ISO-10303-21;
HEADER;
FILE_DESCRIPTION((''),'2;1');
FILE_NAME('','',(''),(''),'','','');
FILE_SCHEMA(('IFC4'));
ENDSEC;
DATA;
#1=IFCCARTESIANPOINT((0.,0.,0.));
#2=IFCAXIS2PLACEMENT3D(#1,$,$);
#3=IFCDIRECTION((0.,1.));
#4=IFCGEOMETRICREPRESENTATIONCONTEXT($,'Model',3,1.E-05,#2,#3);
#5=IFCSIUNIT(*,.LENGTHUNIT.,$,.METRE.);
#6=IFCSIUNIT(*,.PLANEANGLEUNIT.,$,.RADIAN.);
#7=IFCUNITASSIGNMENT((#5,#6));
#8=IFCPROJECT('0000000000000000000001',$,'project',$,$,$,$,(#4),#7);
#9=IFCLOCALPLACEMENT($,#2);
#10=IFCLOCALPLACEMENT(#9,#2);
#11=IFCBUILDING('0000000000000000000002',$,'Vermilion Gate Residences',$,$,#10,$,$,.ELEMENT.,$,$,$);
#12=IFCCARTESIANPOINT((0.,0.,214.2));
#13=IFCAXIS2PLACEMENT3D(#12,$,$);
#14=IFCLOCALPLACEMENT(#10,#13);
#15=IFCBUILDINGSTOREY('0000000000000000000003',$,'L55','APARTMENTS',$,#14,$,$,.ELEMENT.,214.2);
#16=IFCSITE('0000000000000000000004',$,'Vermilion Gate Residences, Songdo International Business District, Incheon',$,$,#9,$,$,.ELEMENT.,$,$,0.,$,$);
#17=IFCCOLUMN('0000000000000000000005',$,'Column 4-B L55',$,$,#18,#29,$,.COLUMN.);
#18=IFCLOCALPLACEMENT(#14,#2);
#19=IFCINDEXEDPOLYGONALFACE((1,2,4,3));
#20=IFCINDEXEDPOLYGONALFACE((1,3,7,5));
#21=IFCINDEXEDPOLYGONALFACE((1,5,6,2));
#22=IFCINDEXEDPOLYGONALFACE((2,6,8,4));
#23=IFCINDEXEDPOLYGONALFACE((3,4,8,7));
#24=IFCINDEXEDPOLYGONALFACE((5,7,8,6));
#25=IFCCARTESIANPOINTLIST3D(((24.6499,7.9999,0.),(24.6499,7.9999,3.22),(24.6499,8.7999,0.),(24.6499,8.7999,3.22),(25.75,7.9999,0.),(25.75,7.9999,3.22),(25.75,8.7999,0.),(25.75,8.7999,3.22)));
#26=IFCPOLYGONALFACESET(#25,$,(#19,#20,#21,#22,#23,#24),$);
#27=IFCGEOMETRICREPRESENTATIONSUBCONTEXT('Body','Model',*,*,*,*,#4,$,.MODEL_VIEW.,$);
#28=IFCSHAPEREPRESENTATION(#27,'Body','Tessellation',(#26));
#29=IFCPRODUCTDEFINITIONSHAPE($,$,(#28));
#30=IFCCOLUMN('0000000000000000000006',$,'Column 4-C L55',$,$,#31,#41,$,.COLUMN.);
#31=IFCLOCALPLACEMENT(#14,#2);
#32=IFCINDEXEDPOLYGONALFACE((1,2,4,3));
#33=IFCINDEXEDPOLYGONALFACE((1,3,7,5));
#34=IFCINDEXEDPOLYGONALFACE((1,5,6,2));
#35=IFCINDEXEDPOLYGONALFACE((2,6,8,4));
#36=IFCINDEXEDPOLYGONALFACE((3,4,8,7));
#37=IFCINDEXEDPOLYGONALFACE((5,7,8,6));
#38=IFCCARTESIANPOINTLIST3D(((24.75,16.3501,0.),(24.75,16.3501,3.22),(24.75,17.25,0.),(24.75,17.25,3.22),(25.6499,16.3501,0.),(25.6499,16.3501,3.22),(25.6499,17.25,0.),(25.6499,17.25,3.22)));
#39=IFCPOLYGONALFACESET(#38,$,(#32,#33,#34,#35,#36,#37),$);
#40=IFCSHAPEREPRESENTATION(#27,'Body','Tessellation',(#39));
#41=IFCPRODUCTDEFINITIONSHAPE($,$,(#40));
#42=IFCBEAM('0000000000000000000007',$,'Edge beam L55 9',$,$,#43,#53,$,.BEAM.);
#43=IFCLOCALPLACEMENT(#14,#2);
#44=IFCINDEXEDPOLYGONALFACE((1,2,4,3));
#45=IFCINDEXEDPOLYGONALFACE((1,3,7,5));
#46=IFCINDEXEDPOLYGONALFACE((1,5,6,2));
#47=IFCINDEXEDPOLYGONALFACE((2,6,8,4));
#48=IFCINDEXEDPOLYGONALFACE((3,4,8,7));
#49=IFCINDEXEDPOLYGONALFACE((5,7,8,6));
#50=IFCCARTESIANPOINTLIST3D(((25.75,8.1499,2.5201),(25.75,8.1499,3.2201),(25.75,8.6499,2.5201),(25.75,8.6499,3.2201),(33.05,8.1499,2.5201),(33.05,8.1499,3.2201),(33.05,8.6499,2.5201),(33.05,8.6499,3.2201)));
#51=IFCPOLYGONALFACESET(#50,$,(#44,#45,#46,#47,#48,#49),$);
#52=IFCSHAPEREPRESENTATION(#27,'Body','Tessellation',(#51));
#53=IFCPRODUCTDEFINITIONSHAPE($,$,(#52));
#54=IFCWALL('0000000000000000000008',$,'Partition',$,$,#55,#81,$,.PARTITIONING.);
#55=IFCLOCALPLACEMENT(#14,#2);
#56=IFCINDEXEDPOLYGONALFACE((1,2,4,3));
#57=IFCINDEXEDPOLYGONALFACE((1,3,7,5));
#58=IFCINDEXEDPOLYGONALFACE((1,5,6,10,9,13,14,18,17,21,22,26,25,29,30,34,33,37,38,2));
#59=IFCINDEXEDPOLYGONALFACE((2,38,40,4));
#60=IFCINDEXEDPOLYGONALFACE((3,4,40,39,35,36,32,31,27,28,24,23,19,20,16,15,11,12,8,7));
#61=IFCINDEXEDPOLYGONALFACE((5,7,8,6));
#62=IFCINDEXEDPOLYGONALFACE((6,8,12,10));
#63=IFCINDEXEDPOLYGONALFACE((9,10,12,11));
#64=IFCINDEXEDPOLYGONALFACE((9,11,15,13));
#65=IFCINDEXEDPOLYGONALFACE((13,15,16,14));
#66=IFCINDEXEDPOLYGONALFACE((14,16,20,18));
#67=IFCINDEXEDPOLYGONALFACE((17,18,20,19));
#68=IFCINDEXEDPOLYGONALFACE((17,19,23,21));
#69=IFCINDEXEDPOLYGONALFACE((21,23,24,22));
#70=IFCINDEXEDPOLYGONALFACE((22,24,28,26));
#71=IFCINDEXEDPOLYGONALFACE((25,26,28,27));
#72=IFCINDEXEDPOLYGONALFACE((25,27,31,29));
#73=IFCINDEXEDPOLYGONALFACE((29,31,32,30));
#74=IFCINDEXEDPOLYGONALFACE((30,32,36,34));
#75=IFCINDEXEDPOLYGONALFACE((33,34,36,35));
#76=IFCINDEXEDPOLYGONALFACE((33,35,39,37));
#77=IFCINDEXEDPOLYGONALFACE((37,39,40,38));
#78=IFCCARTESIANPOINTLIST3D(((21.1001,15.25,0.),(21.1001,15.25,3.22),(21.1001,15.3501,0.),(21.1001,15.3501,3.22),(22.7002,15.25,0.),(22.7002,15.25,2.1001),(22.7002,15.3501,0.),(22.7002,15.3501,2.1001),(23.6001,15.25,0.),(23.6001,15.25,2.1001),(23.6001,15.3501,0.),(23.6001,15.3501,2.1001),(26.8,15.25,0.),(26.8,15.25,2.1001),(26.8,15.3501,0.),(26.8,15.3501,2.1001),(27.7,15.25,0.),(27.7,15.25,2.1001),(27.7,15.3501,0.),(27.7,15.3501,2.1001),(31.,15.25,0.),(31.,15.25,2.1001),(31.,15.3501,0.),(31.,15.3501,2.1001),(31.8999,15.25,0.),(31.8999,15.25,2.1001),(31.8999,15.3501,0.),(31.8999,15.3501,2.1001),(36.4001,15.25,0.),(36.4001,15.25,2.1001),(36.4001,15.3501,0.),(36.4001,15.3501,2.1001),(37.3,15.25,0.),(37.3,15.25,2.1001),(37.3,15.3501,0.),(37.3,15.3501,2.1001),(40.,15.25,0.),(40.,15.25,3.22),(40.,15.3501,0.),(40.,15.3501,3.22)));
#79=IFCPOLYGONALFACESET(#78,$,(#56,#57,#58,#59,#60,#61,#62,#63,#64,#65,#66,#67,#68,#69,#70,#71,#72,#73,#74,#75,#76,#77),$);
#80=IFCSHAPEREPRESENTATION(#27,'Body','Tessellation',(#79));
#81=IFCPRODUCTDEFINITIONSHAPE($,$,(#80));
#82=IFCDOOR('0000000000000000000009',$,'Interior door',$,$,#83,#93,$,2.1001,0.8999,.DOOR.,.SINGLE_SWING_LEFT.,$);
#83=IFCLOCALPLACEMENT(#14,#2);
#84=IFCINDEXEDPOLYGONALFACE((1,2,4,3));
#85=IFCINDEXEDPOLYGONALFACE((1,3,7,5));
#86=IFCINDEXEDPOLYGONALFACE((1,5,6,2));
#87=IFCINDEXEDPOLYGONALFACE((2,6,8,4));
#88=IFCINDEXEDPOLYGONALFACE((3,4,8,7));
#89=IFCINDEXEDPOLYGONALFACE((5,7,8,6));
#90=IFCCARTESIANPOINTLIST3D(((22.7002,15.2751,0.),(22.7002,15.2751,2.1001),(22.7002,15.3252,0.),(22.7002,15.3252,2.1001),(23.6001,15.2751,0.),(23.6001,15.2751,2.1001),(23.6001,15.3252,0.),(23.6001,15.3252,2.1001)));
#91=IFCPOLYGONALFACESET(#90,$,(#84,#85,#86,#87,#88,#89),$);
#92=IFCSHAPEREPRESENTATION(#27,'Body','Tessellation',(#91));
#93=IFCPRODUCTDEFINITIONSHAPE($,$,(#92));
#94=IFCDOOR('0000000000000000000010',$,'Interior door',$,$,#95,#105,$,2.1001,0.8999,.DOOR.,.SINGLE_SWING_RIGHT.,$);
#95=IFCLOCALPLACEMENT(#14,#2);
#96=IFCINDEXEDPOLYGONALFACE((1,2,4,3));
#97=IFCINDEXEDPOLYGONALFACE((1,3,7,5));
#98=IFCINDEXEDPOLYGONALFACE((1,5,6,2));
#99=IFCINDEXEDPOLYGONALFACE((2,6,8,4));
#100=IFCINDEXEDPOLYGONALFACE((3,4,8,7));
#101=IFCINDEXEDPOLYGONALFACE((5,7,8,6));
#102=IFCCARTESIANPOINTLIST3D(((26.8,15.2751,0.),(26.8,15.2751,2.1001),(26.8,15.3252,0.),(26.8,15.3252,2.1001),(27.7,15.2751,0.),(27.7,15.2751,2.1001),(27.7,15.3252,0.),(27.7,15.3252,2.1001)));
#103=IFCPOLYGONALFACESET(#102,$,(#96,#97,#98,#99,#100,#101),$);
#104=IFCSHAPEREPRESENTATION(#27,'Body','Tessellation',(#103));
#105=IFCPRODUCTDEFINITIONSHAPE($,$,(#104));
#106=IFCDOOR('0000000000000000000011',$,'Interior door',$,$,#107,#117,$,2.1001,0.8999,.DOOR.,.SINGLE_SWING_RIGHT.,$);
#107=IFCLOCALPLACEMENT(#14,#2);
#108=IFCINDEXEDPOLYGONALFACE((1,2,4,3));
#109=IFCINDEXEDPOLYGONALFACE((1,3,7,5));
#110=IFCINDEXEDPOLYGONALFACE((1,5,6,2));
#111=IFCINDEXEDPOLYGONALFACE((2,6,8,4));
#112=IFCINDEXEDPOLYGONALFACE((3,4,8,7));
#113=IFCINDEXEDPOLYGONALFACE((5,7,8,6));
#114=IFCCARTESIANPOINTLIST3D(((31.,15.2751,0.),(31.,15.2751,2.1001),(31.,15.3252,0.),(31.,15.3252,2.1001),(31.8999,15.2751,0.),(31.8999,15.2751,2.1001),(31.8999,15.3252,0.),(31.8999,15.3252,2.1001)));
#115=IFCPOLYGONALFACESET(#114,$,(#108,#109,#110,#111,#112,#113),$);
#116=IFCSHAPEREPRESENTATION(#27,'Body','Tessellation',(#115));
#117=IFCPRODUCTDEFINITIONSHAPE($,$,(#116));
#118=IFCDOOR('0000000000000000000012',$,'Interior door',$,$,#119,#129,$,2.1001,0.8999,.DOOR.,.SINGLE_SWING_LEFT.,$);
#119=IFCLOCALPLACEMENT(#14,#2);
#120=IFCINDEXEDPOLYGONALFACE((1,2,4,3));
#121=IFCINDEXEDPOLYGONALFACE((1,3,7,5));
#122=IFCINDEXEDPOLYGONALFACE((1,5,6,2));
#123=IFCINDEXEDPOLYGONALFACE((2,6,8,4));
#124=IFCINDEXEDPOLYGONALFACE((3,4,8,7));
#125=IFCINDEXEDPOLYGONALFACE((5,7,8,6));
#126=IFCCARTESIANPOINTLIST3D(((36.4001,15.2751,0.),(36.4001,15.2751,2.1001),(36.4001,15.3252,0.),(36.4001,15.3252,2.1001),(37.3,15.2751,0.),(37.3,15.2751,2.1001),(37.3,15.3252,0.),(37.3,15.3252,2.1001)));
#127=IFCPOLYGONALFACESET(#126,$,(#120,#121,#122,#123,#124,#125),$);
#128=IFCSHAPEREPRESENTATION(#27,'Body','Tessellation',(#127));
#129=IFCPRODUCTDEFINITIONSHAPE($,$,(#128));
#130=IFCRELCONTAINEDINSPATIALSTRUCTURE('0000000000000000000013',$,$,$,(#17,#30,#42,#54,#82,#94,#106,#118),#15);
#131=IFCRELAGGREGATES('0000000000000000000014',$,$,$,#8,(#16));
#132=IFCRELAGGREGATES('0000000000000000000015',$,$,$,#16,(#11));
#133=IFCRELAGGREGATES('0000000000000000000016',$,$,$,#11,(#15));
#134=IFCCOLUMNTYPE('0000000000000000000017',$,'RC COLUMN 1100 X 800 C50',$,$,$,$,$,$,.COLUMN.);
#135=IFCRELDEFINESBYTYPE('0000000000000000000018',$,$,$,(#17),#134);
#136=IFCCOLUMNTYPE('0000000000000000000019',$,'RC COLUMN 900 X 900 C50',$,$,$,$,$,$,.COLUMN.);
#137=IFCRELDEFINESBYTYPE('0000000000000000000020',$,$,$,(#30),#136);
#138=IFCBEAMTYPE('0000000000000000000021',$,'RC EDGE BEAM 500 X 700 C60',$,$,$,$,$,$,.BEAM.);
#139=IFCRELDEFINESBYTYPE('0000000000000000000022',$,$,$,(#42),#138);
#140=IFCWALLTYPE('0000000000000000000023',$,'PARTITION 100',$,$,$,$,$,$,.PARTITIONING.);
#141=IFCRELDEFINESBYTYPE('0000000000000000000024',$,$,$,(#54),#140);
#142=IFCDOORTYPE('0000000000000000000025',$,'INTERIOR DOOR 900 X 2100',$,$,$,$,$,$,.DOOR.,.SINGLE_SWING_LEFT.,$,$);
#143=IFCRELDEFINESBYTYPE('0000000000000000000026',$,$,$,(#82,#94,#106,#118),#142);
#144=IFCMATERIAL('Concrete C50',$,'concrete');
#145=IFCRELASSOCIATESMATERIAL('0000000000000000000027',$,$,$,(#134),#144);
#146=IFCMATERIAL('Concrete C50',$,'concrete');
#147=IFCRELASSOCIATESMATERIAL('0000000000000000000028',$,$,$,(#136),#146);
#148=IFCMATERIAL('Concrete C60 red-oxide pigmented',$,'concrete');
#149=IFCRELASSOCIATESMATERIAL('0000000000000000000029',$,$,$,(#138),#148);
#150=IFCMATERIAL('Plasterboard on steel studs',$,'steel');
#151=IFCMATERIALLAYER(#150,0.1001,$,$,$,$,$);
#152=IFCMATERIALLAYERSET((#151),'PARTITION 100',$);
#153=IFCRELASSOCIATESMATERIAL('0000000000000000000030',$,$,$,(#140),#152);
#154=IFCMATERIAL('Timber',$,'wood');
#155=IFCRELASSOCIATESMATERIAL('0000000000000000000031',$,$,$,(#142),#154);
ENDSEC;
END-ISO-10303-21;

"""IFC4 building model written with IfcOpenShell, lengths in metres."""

from ifc_helpers import new_model, si_unit, direction, frame, frame_2d, origin, origin_2d, place, context, subcontext, project, spatial, rectangle, extrude, material, layer, layer_set, material_profile, profile_set, type_object, element, fill, save


model = new_model("IFC4")

# Units and contexts
model_context = context("Model", 3, precision=1e-05, world=origin(), true_north=direction((0.0, 1.0)))
body_context = subcontext(model_context, "Body", "Model", "MODEL_VIEW")
ifc_project = project(units=[si_unit("LENGTHUNIT", "METRE"), si_unit("PLANEANGLEUNIT", "RADIAN")], contexts=[model_context])

# Site, building, storey
site_placement = place(None, origin())
site = spatial("IfcSite", under=ifc_project, at=site_placement, Name="Vermilion Gate Residences, Songdo International Business District, Incheon", CompositionType="ELEMENT", RefElevation=0.0)
building_placement = place(site_placement, origin())
building = spatial("IfcBuilding", under=site, at=building_placement, Name="Vermilion Gate Residences", CompositionType="ELEMENT")
storey_placement = place(building_placement, frame((0.0, 0.0, 214.2)))
storey = spatial("IfcBuildingStorey", under=building, at=storey_placement, Name="L55", Description="APARTMENTS", CompositionType="ELEMENT", Elevation=214.2)

# Columns
ifc_material_1 = material(Name="Concrete C50", Category="concrete")
ifc_material_profile_1 = material_profile(ifc_material_1, rectangle(XDim=1.1001, YDim=0.8, at=origin_2d()), Name="RC-1100x800")
ifc_profile_set_1 = profile_set([ifc_material_profile_1], Name="Concrete C50")
column_type_1 = type_object("IfcColumnType", Name="RC COLUMN 1100 X 800 C50", PredefinedType="COLUMN", material=ifc_profile_set_1)
column_1_placement = place(storey_placement, frame((25.2, 8.3999, 0.0), z_axis=(0.0, 0.0, 1.0), x_axis=(1.0, 0.0, 0.0)))
element("IfcColumn", 1, at=column_1_placement, inside=storey, type_object=column_type_1, Name="Column 4-B L55", PredefinedType="COLUMN", context=body_context, shape_type="SweptSolid", body=[
    extrude(rectangle(XDim=1.1001, YDim=0.8, at=origin_2d()), origin(), (0.0, 0.0, 1.0), 3.22),
])
ifc_material_2 = material(Name="Concrete C50", Category="concrete")
ifc_material_profile_2 = material_profile(ifc_material_2, rectangle(XDim=0.8999, YDim=0.8999, at=origin_2d()), Name="RC-900x900")
ifc_profile_set_2 = profile_set([ifc_material_profile_2], Name="Concrete C50")
column_type_2 = type_object("IfcColumnType", Name="RC COLUMN 900 X 900 C50", PredefinedType="COLUMN", material=ifc_profile_set_2)
column_2_placement = place(storey_placement, frame((25.2, 16.8, 0.0), z_axis=(0.0, 0.0, 1.0), x_axis=(1.0, 0.0, 0.0)))
element("IfcColumn", 2, at=column_2_placement, inside=storey, type_object=column_type_2, Name="Column 4-C L55", PredefinedType="COLUMN", context=body_context, shape_type="SweptSolid", body=[
    extrude(rectangle(XDim=0.8999, YDim=0.8999, at=origin_2d()), origin(), (0.0, 0.0, 1.0), 3.22),
])

# Beam
ifc_material_3 = material(Name="Concrete C60 red-oxide pigmented", Category="concrete")
ifc_material_profile_3 = material_profile(ifc_material_3, rectangle(XDim=0.5, YDim=0.7, at=origin_2d()), Name="RC-500x700")
ifc_profile_set_3 = profile_set([ifc_material_profile_3], Name="Concrete C60 red-oxide pigmented")
beam_type = type_object("IfcBeamType", Name="RC EDGE BEAM 500 X 700 C60", PredefinedType="BEAM", material=ifc_profile_set_3)
beam_placement = place(storey_placement, frame((25.75, 8.3999, 2.8701), z_axis=(1.0, 0.0, 0.0), x_axis=(0.0, 1.0, 0.0)))
element("IfcBeam", 3, at=beam_placement, inside=storey, type_object=beam_type, Name="Edge beam L55 9", PredefinedType="BEAM", context=body_context, shape_type="SweptSolid", body=[
    extrude(rectangle(XDim=0.5, YDim=0.7, at=origin_2d()), origin(), (0.0, 0.0, 1.0), 7.3),
])

# Wall, openings, doors
ifc_material_4 = material(Name="Plasterboard on steel studs", Category="steel")
ifc_layer_1 = layer(ifc_material_4, 0.1001)
ifc_layer_set_1 = layer_set([ifc_layer_1], Name="PARTITION 100")
wall_type_1 = type_object("IfcWallType", Name="PARTITION 100", PredefinedType="PARTITIONING", material=ifc_layer_set_1)
wall_1_placement = place(storey_placement, frame((21.1001, 15.3, 0.0), z_axis=(0.0, 0.0, 1.0), x_axis=(1.0, 0.0, 0.0)))
wall_1 = element("IfcWall", 4, at=wall_1_placement, inside=storey, type_object=wall_type_1, Name="Partition", PredefinedType="PARTITIONING", context=body_context, shape_type="SweptSolid", body=[
    extrude(rectangle(XDim=18.8999, YDim=0.1001, at=frame_2d((9.45, 0.0))), origin(), (0.0, 0.0, 1.0), 3.22),
])
opening_1_placement = place(wall_1_placement, frame((1.6001, 0.0, 0.0)))
opening_1 = element("IfcOpeningElement", 5, at=opening_1_placement, cuts=wall_1, PredefinedType="OPENING", context=body_context, shape_type="SweptSolid", body=[
    extrude(rectangle(XDim=0.8999, YDim=2.1001, at=frame_2d((0.45, 1.05))), frame((0.0, 0.0601, 0.0), z_axis=(0.0, -1.0, 0.0), x_axis=(1.0, 0.0, 0.0)), (0.0, 0.0, 1.0), 0.1201),
])
opening_2_placement = place(wall_1_placement, frame((5.7, 0.0, 0.0)))
opening_2 = element("IfcOpeningElement", 6, at=opening_2_placement, cuts=wall_1, PredefinedType="OPENING", context=body_context, shape_type="SweptSolid", body=[
    extrude(rectangle(XDim=0.8999, YDim=2.1001, at=frame_2d((0.45, 1.05))), frame((0.0, 0.0601, 0.0), z_axis=(0.0, -1.0, 0.0), x_axis=(1.0, 0.0, 0.0)), (0.0, 0.0, 1.0), 0.1201),
])
opening_3_placement = place(wall_1_placement, frame((9.8999, 0.0, 0.0)))
opening_3 = element("IfcOpeningElement", 7, at=opening_3_placement, cuts=wall_1, PredefinedType="OPENING", context=body_context, shape_type="SweptSolid", body=[
    extrude(rectangle(XDim=0.8999, YDim=2.1001, at=frame_2d((0.45, 1.05))), frame((0.0, 0.0601, 0.0), z_axis=(0.0, -1.0, 0.0), x_axis=(1.0, 0.0, 0.0)), (0.0, 0.0, 1.0), 0.1201),
])
opening_4_placement = place(wall_1_placement, frame((15.3, 0.0, 0.0)))
opening_4 = element("IfcOpeningElement", 8, at=opening_4_placement, cuts=wall_1, PredefinedType="OPENING", context=body_context, shape_type="SweptSolid", body=[
    extrude(rectangle(XDim=0.8999, YDim=2.1001, at=frame_2d((0.45, 1.05))), frame((0.0, 0.0601, 0.0), z_axis=(0.0, -1.0, 0.0), x_axis=(1.0, 0.0, 0.0)), (0.0, 0.0, 1.0), 0.1201),
])
ifc_material_5 = material(Name="Timber", Category="wood")
door_type = type_object("IfcDoorType", Name="INTERIOR DOOR 900 X 2100", OperationType="SINGLE_SWING_LEFT", PredefinedType="DOOR", material=ifc_material_5)
door_1_placement = place(opening_1_placement, frame((0.8999, 0.0, 0.0), z_axis=(0.0, 0.0, 1.0), x_axis=(-1.0, 0.0, 0.0)))
door_1 = element("IfcDoor", 9, at=door_1_placement, inside=storey, type_object=door_type, Name="Interior door", OperationType="SINGLE_SWING_LEFT", OverallHeight=2.1001, OverallWidth=0.8999, PredefinedType="DOOR", context=body_context, shape_type="SweptSolid", body=[
    extrude(rectangle(XDim=0.8999, YDim=2.1001, at=frame_2d((0.45, 1.05))), frame((0.0, 0.0249, 0.0), z_axis=(0.0, -1.0, 0.0), x_axis=(1.0, 0.0, 0.0)), (0.0, 0.0, 1.0), 0.05),
])
fill(opening_1, door_1)
door_2_placement = place(opening_2_placement, frame((0.8999, 0.0, 0.0), z_axis=(0.0, 0.0, 1.0), x_axis=(-1.0, 0.0, 0.0)))
door_2 = element("IfcDoor", 10, at=door_2_placement, inside=storey, type_object=door_type, Name="Interior door", OperationType="SINGLE_SWING_RIGHT", OverallHeight=2.1001, OverallWidth=0.8999, PredefinedType="DOOR", context=body_context, shape_type="SweptSolid", body=[
    extrude(rectangle(XDim=0.8999, YDim=2.1001, at=frame_2d((0.45, 1.05))), frame((0.0, 0.0249, 0.0), z_axis=(0.0, -1.0, 0.0), x_axis=(1.0, 0.0, 0.0)), (0.0, 0.0, 1.0), 0.05),
])
fill(opening_2, door_2)
door_3_placement = place(opening_3_placement, frame((0.8999, 0.0, 0.0), z_axis=(0.0, 0.0, 1.0), x_axis=(-1.0, 0.0, 0.0)))
door_3 = element("IfcDoor", 11, at=door_3_placement, inside=storey, type_object=door_type, Name="Interior door", OperationType="SINGLE_SWING_RIGHT", OverallHeight=2.1001, OverallWidth=0.8999, PredefinedType="DOOR", context=body_context, shape_type="SweptSolid", body=[
    extrude(rectangle(XDim=0.8999, YDim=2.1001, at=frame_2d((0.45, 1.05))), frame((0.0, 0.0249, 0.0), z_axis=(0.0, -1.0, 0.0), x_axis=(1.0, 0.0, 0.0)), (0.0, 0.0, 1.0), 0.05),
])
fill(opening_3, door_3)
door_4_placement = place(opening_4_placement, frame((0.8999, 0.0, 0.0), z_axis=(0.0, 0.0, 1.0), x_axis=(-1.0, 0.0, 0.0)))
door_4 = element("IfcDoor", 12, at=door_4_placement, inside=storey, type_object=door_type, Name="Interior door", OperationType="SINGLE_SWING_LEFT", OverallHeight=2.1001, OverallWidth=0.8999, PredefinedType="DOOR", context=body_context, shape_type="SweptSolid", body=[
    extrude(rectangle(XDim=0.8999, YDim=2.1001, at=frame_2d((0.45, 1.05))), frame((0.0, 0.0249, 0.0), z_axis=(0.0, -1.0, 0.0), x_axis=(1.0, 0.0, 0.0)), (0.0, 0.0, 1.0), 0.05),
])
fill(opening_4, door_4)

save(model, "model.ifc")
